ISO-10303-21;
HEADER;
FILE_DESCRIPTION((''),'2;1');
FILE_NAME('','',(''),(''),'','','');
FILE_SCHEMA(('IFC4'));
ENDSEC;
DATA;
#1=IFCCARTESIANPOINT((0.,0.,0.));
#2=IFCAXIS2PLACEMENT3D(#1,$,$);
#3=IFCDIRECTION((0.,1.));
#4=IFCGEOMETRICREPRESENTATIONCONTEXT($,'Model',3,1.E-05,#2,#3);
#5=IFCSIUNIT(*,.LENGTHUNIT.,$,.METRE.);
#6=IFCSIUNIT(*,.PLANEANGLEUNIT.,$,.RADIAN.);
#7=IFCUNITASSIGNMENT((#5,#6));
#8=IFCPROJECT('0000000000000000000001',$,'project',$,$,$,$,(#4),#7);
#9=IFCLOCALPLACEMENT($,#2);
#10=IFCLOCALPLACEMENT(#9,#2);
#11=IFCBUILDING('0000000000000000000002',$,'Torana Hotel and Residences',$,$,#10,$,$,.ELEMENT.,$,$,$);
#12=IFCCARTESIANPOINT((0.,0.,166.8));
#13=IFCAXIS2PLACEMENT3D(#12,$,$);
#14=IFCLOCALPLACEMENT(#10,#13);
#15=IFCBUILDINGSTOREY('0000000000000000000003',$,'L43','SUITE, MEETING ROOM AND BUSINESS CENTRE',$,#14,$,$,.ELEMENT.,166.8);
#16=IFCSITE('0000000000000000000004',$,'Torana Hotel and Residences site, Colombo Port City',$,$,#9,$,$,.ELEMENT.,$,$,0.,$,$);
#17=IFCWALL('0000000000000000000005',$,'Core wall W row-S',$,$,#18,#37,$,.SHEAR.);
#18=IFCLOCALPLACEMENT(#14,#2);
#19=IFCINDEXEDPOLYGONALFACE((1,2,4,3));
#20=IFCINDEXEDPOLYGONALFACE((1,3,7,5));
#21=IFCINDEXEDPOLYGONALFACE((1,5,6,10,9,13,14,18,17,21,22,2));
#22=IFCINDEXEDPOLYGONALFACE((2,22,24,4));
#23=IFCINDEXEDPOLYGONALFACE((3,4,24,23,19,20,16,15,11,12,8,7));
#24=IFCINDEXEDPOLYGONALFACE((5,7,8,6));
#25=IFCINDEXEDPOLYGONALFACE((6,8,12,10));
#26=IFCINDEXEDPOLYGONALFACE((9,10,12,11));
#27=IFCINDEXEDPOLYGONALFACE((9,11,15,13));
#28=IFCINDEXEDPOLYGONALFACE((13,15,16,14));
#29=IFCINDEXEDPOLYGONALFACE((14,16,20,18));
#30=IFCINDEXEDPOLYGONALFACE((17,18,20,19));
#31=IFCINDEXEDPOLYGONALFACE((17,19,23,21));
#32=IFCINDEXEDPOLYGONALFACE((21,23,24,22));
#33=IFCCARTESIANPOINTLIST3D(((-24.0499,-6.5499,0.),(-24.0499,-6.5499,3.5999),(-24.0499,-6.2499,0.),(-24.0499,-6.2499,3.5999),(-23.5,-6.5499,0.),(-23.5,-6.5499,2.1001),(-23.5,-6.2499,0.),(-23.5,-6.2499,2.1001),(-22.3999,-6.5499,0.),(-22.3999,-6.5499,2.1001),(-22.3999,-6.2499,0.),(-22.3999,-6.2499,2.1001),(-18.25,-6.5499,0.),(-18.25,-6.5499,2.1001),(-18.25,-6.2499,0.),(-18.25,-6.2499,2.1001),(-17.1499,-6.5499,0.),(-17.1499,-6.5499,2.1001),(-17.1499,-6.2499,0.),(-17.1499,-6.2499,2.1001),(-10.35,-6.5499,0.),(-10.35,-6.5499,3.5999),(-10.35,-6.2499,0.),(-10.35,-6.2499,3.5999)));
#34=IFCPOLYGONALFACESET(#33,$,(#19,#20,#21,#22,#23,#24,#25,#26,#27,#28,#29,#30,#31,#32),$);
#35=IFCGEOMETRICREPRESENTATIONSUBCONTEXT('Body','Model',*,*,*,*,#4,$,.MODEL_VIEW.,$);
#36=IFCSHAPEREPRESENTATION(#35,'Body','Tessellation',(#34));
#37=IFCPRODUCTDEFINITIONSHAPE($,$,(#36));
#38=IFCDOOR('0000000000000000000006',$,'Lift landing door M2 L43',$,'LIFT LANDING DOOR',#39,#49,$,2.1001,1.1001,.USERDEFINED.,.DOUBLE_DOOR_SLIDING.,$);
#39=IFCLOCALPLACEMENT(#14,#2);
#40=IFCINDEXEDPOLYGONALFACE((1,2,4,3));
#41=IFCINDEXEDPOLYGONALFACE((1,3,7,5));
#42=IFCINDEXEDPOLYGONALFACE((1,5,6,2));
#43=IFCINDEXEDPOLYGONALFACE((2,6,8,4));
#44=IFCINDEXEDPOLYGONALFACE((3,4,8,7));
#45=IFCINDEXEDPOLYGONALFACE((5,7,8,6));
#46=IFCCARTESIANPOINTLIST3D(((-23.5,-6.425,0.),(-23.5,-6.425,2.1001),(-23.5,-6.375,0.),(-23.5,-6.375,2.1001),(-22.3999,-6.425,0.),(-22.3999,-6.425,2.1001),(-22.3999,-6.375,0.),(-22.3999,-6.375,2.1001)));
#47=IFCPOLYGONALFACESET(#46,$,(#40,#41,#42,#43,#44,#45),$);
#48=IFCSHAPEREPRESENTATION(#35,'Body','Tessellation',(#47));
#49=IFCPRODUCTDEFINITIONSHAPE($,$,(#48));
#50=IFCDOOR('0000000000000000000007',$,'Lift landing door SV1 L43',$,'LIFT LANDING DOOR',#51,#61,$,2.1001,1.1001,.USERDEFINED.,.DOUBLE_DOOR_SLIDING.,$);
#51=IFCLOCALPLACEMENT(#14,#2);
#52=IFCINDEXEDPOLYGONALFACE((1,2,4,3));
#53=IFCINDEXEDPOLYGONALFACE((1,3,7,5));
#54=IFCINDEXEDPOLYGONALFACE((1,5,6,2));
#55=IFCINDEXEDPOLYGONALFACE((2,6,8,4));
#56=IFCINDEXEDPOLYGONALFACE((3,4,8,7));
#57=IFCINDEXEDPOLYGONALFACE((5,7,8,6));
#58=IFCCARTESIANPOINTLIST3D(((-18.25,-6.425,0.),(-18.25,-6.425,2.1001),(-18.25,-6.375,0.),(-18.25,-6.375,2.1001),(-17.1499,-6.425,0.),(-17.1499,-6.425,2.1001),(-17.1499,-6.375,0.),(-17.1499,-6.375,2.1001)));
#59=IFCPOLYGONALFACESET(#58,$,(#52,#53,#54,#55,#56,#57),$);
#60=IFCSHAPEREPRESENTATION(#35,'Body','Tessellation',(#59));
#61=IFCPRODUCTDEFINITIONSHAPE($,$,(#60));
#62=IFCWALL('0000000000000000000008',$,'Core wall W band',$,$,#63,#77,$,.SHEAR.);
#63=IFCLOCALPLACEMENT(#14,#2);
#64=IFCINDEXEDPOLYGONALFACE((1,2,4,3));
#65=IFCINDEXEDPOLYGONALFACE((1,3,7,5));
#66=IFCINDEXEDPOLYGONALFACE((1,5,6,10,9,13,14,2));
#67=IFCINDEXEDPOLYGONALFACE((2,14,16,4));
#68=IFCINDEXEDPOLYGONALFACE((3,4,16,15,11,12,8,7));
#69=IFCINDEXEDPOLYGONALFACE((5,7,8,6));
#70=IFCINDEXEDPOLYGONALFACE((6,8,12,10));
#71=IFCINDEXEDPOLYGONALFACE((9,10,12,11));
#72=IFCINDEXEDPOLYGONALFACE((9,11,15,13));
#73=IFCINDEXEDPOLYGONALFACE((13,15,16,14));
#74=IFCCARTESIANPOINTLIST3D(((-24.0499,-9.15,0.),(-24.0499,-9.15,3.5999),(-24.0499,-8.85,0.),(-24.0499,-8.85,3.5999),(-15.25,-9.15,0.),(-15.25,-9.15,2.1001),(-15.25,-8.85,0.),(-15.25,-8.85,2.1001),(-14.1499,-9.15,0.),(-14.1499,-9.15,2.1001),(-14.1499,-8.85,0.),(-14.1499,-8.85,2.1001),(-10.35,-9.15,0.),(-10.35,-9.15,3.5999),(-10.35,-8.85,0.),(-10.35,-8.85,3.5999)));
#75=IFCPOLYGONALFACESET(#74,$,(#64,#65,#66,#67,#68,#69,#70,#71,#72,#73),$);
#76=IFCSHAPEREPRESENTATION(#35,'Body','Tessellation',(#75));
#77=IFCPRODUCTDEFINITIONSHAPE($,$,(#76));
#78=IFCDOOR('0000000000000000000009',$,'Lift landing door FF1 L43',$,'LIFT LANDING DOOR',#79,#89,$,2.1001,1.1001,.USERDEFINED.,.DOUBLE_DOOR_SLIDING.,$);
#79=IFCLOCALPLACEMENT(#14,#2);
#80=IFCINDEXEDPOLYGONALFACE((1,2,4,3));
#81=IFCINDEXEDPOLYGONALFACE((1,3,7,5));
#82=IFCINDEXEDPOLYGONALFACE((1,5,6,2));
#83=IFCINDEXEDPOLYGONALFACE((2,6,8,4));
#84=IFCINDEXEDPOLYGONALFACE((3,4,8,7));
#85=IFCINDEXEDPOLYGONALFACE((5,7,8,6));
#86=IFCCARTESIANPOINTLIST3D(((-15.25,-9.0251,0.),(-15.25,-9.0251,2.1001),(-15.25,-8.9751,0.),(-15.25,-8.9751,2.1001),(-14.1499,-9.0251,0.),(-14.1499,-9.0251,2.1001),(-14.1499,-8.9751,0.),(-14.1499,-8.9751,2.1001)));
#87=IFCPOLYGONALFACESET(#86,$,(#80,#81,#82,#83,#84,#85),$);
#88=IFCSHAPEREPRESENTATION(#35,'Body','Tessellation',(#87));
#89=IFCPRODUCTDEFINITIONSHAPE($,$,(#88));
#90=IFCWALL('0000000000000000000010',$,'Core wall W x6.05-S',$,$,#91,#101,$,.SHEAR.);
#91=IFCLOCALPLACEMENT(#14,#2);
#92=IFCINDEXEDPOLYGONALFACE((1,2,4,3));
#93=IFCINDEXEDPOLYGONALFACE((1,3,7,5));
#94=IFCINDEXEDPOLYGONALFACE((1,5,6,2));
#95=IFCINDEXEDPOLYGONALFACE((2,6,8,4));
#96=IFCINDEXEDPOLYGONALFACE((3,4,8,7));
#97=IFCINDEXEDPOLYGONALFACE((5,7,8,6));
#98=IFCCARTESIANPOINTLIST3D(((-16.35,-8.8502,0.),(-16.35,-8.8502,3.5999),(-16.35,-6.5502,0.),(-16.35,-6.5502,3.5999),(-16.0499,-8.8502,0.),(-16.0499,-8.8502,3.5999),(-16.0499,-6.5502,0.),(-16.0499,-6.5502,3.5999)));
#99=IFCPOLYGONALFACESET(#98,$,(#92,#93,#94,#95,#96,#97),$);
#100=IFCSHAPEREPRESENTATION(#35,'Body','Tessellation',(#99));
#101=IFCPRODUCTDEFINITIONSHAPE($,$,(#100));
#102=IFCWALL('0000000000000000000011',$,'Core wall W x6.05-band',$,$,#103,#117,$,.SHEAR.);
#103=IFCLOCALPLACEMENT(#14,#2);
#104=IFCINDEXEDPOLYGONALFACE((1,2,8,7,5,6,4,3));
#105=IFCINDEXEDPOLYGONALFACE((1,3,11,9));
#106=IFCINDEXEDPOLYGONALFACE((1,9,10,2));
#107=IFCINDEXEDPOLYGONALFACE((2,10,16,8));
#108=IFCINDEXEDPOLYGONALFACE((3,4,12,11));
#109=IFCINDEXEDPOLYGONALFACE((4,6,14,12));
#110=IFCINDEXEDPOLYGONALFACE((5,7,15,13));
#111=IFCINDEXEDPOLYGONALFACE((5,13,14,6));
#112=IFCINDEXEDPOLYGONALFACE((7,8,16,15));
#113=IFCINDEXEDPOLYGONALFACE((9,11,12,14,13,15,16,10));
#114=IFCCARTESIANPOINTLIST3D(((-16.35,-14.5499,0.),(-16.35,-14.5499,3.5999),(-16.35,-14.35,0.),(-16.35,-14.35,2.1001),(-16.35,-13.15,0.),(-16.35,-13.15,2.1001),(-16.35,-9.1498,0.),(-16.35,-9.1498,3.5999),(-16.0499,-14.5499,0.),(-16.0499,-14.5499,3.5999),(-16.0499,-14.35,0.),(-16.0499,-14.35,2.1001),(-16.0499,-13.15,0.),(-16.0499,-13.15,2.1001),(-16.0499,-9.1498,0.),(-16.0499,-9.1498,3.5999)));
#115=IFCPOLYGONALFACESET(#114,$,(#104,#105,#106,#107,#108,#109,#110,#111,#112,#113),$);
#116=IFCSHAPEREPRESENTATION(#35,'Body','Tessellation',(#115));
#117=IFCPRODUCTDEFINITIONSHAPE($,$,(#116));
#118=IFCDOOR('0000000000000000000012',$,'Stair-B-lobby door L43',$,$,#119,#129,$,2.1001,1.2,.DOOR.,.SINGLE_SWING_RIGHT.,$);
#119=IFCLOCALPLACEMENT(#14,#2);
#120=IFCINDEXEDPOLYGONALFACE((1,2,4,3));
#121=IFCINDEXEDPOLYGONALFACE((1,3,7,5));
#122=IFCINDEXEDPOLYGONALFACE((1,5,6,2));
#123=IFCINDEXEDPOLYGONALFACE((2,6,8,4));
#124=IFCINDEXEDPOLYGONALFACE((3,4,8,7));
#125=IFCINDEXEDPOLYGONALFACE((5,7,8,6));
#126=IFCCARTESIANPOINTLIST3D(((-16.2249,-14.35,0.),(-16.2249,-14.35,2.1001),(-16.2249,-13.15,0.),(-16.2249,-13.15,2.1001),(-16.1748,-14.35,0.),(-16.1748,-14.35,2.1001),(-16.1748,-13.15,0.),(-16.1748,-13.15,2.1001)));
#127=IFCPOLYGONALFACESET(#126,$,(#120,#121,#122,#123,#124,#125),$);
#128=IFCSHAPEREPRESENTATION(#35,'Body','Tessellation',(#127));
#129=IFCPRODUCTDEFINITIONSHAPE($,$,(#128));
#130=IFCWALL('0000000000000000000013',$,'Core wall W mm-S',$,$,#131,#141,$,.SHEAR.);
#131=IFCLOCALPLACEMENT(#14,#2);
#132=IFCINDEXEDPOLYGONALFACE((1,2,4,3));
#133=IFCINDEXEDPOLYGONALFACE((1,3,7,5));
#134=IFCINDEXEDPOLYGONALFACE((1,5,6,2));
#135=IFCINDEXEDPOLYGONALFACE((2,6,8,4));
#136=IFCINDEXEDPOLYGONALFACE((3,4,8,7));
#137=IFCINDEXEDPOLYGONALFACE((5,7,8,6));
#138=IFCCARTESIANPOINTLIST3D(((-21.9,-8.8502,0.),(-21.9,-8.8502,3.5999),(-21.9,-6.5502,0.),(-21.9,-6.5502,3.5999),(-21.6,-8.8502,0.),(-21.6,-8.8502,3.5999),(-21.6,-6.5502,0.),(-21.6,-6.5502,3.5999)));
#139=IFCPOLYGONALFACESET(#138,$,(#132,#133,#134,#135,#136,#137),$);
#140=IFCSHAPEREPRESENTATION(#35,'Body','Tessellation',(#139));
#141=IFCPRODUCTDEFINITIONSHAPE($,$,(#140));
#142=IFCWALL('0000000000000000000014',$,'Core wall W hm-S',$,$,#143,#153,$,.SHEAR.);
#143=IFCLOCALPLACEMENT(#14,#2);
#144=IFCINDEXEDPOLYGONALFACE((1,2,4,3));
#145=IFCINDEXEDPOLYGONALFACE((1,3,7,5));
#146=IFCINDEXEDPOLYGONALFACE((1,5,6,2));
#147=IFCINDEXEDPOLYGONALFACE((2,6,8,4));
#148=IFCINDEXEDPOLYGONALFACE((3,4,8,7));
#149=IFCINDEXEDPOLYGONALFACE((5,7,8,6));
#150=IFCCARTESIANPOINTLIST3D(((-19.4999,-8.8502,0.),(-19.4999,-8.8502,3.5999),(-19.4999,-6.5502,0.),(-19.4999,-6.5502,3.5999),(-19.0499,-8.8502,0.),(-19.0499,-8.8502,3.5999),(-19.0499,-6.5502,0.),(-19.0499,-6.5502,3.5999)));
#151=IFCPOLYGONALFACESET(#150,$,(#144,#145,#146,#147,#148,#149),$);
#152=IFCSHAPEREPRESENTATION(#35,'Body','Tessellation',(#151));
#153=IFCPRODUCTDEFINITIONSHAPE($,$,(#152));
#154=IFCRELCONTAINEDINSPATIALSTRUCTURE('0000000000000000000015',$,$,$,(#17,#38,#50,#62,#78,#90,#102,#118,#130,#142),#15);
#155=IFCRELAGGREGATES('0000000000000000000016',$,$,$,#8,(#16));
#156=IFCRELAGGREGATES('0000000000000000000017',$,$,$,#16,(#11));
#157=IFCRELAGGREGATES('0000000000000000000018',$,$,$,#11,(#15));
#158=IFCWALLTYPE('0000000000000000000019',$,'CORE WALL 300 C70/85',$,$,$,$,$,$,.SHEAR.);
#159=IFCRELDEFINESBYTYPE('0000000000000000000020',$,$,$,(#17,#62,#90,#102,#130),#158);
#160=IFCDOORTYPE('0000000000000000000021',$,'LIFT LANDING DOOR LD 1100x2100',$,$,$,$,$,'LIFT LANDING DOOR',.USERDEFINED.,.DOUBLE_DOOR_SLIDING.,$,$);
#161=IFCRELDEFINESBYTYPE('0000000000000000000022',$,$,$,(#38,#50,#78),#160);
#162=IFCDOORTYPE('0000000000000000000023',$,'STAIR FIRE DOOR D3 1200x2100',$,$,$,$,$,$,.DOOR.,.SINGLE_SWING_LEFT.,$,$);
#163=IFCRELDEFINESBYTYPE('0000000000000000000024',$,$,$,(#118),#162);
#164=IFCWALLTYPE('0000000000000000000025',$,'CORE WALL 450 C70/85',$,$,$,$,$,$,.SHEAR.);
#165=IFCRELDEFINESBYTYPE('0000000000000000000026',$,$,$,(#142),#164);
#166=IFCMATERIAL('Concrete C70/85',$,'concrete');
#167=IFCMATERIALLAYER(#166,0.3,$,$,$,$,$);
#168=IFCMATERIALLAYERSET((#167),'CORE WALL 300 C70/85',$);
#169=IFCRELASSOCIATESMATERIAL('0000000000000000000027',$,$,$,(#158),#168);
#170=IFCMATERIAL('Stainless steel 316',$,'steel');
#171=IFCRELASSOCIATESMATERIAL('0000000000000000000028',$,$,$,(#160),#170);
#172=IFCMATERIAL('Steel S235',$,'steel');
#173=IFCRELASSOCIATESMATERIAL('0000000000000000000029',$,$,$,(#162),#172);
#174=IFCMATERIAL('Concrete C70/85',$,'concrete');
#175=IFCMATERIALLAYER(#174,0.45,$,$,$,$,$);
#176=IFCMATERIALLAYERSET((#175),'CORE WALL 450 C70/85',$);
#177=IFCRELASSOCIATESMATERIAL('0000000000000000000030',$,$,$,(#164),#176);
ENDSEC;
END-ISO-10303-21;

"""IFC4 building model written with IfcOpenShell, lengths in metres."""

from ifc_helpers import new_model, si_unit, direction, frame, frame_2d, origin, place, context, subcontext, project, spatial, rectangle, extrude, material, layer, layer_set, type_object, element, fill, save


model = new_model("IFC4")

# Units and contexts
model_context = context("Model", 3, precision=1e-05, world=origin(), true_north=direction((0.0, 1.0)))
body_context = subcontext(model_context, "Body", "Model", "MODEL_VIEW")
ifc_project = project(units=[si_unit("LENGTHUNIT", "METRE"), si_unit("PLANEANGLEUNIT", "RADIAN")], contexts=[model_context])

# Site, building, storey
site_placement = place(None, origin())
site = spatial("IfcSite", under=ifc_project, at=site_placement, Name="Torana Hotel and Residences site, Colombo Port City", CompositionType="ELEMENT", RefElevation=0.0)
building_placement = place(site_placement, origin())
building = spatial("IfcBuilding", under=site, at=building_placement, Name="Torana Hotel and Residences", CompositionType="ELEMENT")
storey_placement = place(building_placement, frame((0.0, 0.0, 166.8)))
storey = spatial("IfcBuildingStorey", under=building, at=storey_placement, Name="L43", Description="SUITE, MEETING ROOM AND BUSINESS CENTRE", CompositionType="ELEMENT", Elevation=166.8)

# Wall, openings, doors
ifc_material_1 = material(Name="Concrete C70/85", Category="concrete")
ifc_layer_1 = layer(ifc_material_1, 0.3)
ifc_layer_set_1 = layer_set([ifc_layer_1], Name="CORE WALL 300 C70/85")
wall_type_1 = type_object("IfcWallType", Name="CORE WALL 300 C70/85", PredefinedType="SHEAR", material=ifc_layer_set_1)
wall_1_placement = place(storey_placement, frame((-24.05, -6.3999, 0.0), z_axis=(0.0, 0.0, 1.0), x_axis=(1.0, 0.0, 0.0)))
wall_1 = element("IfcWall", 1, at=wall_1_placement, inside=storey, type_object=wall_type_1, Name="Core wall W row-S", PredefinedType="SHEAR", context=body_context, shape_type="SweptSolid", body=[
    extrude(rectangle(XDim=13.7, YDim=0.3, at=frame_2d((6.8501, 0.0))), origin(), (0.0, 0.0, 1.0), 3.5999),
])
opening_1_placement = place(wall_1_placement, frame((0.55, 0.0, 0.0)))
opening_1 = element("IfcOpeningElement", 2, at=opening_1_placement, cuts=wall_1, PredefinedType="OPENING", context=body_context, shape_type="SweptSolid", body=[
    extrude(rectangle(XDim=1.1001, YDim=2.1001, at=frame_2d((0.55, 1.05))), frame((0.0, 0.1599, 0.0), z_axis=(0.0, -1.0, 0.0), x_axis=(1.0, 0.0, 0.0)), (0.0, 0.0, 1.0), 0.3201),
])
opening_2_placement = place(wall_1_placement, frame((5.8, 0.0, 0.0)))
opening_2 = element("IfcOpeningElement", 3, at=opening_2_placement, cuts=wall_1, PredefinedType="OPENING", context=body_context, shape_type="SweptSolid", body=[
    extrude(rectangle(XDim=1.1001, YDim=2.1001, at=frame_2d((0.55, 1.05))), frame((0.0, 0.1599, 0.0), z_axis=(0.0, -1.0, 0.0), x_axis=(1.0, 0.0, 0.0)), (0.0, 0.0, 1.0), 0.3201),
])
ifc_material_2 = material(Name="Stainless steel 316", Category="steel")
door_type_1 = type_object("IfcDoorType", Name="LIFT LANDING DOOR LD 1100x2100", ElementType="LIFT LANDING DOOR", OperationType="DOUBLE_DOOR_SLIDING", PredefinedType="USERDEFINED", material=ifc_material_2)
door_1_placement = place(opening_1_placement, origin())
door_1 = element("IfcDoor", 4, at=door_1_placement, inside=storey, type_object=door_type_1, Name="Lift landing door M2 L43", ObjectType="LIFT LANDING DOOR", OperationType="DOUBLE_DOOR_SLIDING", OverallHeight=2.1001, OverallWidth=1.1001, PredefinedType="USERDEFINED", context=body_context, shape_type="SweptSolid", body=[
    extrude(rectangle(XDim=1.1001, YDim=2.1001, at=frame_2d((0.55, 1.05))), frame((0.0, 0.0249, 0.0), z_axis=(0.0, -1.0, 0.0), x_axis=(1.0, 0.0, 0.0)), (0.0, 0.0, 1.0), 0.05),
])
fill(opening_1, door_1)
door_2_placement = place(opening_2_placement, origin())
door_2 = element("IfcDoor", 5, at=door_2_placement, inside=storey, type_object=door_type_1, Name="Lift landing door SV1 L43", ObjectType="LIFT LANDING DOOR", OperationType="DOUBLE_DOOR_SLIDING", OverallHeight=2.1001, OverallWidth=1.1001, PredefinedType="USERDEFINED", context=body_context, shape_type="SweptSolid", body=[
    extrude(rectangle(XDim=1.1001, YDim=2.1001, at=frame_2d((0.55, 1.05))), frame((0.0, 0.0249, 0.0), z_axis=(0.0, -1.0, 0.0), x_axis=(1.0, 0.0, 0.0)), (0.0, 0.0, 1.0), 0.05),
])
fill(opening_2, door_2)

# Wall, opening, door
wall_2_placement = place(storey_placement, frame((-24.05, -9.0, 0.0), z_axis=(0.0, 0.0, 1.0), x_axis=(1.0, 0.0, 0.0)))
wall_2 = element("IfcWall", 6, at=wall_2_placement, inside=storey, type_object=wall_type_1, Name="Core wall W band", PredefinedType="SHEAR", context=body_context, shape_type="SweptSolid", body=[
    extrude(rectangle(XDim=13.7, YDim=0.3, at=frame_2d((6.8501, 0.0))), origin(), (0.0, 0.0, 1.0), 3.5999),
])
opening_3_placement = place(wall_2_placement, frame((8.8, 0.0, 0.0)))
opening_3 = element("IfcOpeningElement", 7, at=opening_3_placement, cuts=wall_2, PredefinedType="OPENING", context=body_context, shape_type="SweptSolid", body=[
    extrude(rectangle(XDim=1.1001, YDim=2.1001, at=frame_2d((0.55, 1.05))), frame((0.0, 0.1599, 0.0), z_axis=(0.0, -1.0, 0.0), x_axis=(1.0, 0.0, 0.0)), (0.0, 0.0, 1.0), 0.3201),
])
door_3_placement = place(opening_3_placement, origin())
door_3 = element("IfcDoor", 8, at=door_3_placement, inside=storey, type_object=door_type_1, Name="Lift landing door FF1 L43", ObjectType="LIFT LANDING DOOR", OperationType="DOUBLE_DOOR_SLIDING", OverallHeight=2.1001, OverallWidth=1.1001, PredefinedType="USERDEFINED", context=body_context, shape_type="SweptSolid", body=[
    extrude(rectangle(XDim=1.1001, YDim=2.1001, at=frame_2d((0.55, 1.05))), frame((0.0, 0.0249, 0.0), z_axis=(0.0, -1.0, 0.0), x_axis=(1.0, 0.0, 0.0)), (0.0, 0.0, 1.0), 0.05),
])
fill(opening_3, door_3)

# Wall
wall_3_placement = place(storey_placement, frame((-16.2, -8.8501, 0.0), z_axis=(0.0, 0.0, 1.0), x_axis=(0.0, 1.0, 0.0)))
element("IfcWall", 9, at=wall_3_placement, inside=storey, type_object=wall_type_1, Name="Core wall W x6.05-S", PredefinedType="SHEAR", context=body_context, shape_type="SweptSolid", body=[
    extrude(rectangle(XDim=2.3, YDim=0.3, at=frame_2d((1.1499, 0.0))), origin(), (0.0, 0.0, 1.0), 3.5999),
])

# Wall, opening, door
wall_4_placement = place(storey_placement, frame((-16.2, -14.55, 0.0), z_axis=(0.0, 0.0, 1.0), x_axis=(0.0, 1.0, 0.0)))
wall_4 = element("IfcWall", 10, at=wall_4_placement, inside=storey, type_object=wall_type_1, Name="Core wall W x6.05-band", PredefinedType="SHEAR", context=body_context, shape_type="SweptSolid", body=[
    extrude(rectangle(XDim=5.4001, YDim=0.3, at=frame_2d((2.7002, 0.0))), origin(), (0.0, 0.0, 1.0), 3.5999),
])
opening_4_placement = place(wall_4_placement, frame((0.2, 0.0, 0.0)))
opening_4 = element("IfcOpeningElement", 11, at=opening_4_placement, cuts=wall_4, PredefinedType="OPENING", context=body_context, shape_type="SweptSolid", body=[
    extrude(rectangle(XDim=1.2, YDim=2.1001, at=frame_2d((0.6001, 1.05))), frame((0.0, 0.1599, 0.0), z_axis=(0.0, -1.0, 0.0), x_axis=(1.0, 0.0, 0.0)), (0.0, 0.0, 1.0), 0.3201),
])
ifc_material_3 = material(Name="Steel S235", Category="steel")
door_type_2 = type_object("IfcDoorType", Name="STAIR FIRE DOOR D3 1200x2100", OperationType="SINGLE_SWING_LEFT", PredefinedType="DOOR", material=ifc_material_3)
door_4_placement = place(opening_4_placement, origin())
door_4 = element("IfcDoor", 12, at=door_4_placement, inside=storey, type_object=door_type_2, Name="Stair-B-lobby door L43", OperationType="SINGLE_SWING_RIGHT", OverallHeight=2.1001, OverallWidth=1.2, PredefinedType="DOOR", context=body_context, shape_type="SweptSolid", body=[
    extrude(rectangle(XDim=1.2, YDim=2.1001, at=frame_2d((0.6001, 1.05))), frame((0.0, 0.0249, 0.0), z_axis=(0.0, -1.0, 0.0), x_axis=(1.0, 0.0, 0.0)), (0.0, 0.0, 1.0), 0.05),
])
fill(opening_4, door_4)

# Walls
wall_5_placement = place(storey_placement, frame((-21.75, -8.8501, 0.0), z_axis=(0.0, 0.0, 1.0), x_axis=(0.0, 1.0, 0.0)))
element("IfcWall", 13, at=wall_5_placement, inside=storey, type_object=wall_type_1, Name="Core wall W mm-S", PredefinedType="SHEAR", context=body_context, shape_type="SweptSolid", body=[
    extrude(rectangle(XDim=2.3, YDim=0.3, at=frame_2d((1.1499, 0.0))), origin(), (0.0, 0.0, 1.0), 3.5999),
])
ifc_material_4 = material(Name="Concrete C70/85", Category="concrete")
ifc_layer_2 = layer(ifc_material_4, 0.45)
ifc_layer_set_2 = layer_set([ifc_layer_2], Name="CORE WALL 450 C70/85")
wall_type_2 = type_object("IfcWallType", Name="CORE WALL 450 C70/85", PredefinedType="SHEAR", material=ifc_layer_set_2)
wall_6_placement = place(storey_placement, frame((-19.2749, -8.8501, 0.0), z_axis=(0.0, 0.0, 1.0), x_axis=(0.0, 1.0, 0.0)))
element("IfcWall", 14, at=wall_6_placement, inside=storey, type_object=wall_type_2, Name="Core wall W hm-S", PredefinedType="SHEAR", context=body_context, shape_type="SweptSolid", body=[
    extrude(rectangle(XDim=2.3, YDim=0.45, at=frame_2d((1.1499, 0.0))), origin(), (0.0, 0.0, 1.0), 3.5999),
])

save(model, "model.ifc")
